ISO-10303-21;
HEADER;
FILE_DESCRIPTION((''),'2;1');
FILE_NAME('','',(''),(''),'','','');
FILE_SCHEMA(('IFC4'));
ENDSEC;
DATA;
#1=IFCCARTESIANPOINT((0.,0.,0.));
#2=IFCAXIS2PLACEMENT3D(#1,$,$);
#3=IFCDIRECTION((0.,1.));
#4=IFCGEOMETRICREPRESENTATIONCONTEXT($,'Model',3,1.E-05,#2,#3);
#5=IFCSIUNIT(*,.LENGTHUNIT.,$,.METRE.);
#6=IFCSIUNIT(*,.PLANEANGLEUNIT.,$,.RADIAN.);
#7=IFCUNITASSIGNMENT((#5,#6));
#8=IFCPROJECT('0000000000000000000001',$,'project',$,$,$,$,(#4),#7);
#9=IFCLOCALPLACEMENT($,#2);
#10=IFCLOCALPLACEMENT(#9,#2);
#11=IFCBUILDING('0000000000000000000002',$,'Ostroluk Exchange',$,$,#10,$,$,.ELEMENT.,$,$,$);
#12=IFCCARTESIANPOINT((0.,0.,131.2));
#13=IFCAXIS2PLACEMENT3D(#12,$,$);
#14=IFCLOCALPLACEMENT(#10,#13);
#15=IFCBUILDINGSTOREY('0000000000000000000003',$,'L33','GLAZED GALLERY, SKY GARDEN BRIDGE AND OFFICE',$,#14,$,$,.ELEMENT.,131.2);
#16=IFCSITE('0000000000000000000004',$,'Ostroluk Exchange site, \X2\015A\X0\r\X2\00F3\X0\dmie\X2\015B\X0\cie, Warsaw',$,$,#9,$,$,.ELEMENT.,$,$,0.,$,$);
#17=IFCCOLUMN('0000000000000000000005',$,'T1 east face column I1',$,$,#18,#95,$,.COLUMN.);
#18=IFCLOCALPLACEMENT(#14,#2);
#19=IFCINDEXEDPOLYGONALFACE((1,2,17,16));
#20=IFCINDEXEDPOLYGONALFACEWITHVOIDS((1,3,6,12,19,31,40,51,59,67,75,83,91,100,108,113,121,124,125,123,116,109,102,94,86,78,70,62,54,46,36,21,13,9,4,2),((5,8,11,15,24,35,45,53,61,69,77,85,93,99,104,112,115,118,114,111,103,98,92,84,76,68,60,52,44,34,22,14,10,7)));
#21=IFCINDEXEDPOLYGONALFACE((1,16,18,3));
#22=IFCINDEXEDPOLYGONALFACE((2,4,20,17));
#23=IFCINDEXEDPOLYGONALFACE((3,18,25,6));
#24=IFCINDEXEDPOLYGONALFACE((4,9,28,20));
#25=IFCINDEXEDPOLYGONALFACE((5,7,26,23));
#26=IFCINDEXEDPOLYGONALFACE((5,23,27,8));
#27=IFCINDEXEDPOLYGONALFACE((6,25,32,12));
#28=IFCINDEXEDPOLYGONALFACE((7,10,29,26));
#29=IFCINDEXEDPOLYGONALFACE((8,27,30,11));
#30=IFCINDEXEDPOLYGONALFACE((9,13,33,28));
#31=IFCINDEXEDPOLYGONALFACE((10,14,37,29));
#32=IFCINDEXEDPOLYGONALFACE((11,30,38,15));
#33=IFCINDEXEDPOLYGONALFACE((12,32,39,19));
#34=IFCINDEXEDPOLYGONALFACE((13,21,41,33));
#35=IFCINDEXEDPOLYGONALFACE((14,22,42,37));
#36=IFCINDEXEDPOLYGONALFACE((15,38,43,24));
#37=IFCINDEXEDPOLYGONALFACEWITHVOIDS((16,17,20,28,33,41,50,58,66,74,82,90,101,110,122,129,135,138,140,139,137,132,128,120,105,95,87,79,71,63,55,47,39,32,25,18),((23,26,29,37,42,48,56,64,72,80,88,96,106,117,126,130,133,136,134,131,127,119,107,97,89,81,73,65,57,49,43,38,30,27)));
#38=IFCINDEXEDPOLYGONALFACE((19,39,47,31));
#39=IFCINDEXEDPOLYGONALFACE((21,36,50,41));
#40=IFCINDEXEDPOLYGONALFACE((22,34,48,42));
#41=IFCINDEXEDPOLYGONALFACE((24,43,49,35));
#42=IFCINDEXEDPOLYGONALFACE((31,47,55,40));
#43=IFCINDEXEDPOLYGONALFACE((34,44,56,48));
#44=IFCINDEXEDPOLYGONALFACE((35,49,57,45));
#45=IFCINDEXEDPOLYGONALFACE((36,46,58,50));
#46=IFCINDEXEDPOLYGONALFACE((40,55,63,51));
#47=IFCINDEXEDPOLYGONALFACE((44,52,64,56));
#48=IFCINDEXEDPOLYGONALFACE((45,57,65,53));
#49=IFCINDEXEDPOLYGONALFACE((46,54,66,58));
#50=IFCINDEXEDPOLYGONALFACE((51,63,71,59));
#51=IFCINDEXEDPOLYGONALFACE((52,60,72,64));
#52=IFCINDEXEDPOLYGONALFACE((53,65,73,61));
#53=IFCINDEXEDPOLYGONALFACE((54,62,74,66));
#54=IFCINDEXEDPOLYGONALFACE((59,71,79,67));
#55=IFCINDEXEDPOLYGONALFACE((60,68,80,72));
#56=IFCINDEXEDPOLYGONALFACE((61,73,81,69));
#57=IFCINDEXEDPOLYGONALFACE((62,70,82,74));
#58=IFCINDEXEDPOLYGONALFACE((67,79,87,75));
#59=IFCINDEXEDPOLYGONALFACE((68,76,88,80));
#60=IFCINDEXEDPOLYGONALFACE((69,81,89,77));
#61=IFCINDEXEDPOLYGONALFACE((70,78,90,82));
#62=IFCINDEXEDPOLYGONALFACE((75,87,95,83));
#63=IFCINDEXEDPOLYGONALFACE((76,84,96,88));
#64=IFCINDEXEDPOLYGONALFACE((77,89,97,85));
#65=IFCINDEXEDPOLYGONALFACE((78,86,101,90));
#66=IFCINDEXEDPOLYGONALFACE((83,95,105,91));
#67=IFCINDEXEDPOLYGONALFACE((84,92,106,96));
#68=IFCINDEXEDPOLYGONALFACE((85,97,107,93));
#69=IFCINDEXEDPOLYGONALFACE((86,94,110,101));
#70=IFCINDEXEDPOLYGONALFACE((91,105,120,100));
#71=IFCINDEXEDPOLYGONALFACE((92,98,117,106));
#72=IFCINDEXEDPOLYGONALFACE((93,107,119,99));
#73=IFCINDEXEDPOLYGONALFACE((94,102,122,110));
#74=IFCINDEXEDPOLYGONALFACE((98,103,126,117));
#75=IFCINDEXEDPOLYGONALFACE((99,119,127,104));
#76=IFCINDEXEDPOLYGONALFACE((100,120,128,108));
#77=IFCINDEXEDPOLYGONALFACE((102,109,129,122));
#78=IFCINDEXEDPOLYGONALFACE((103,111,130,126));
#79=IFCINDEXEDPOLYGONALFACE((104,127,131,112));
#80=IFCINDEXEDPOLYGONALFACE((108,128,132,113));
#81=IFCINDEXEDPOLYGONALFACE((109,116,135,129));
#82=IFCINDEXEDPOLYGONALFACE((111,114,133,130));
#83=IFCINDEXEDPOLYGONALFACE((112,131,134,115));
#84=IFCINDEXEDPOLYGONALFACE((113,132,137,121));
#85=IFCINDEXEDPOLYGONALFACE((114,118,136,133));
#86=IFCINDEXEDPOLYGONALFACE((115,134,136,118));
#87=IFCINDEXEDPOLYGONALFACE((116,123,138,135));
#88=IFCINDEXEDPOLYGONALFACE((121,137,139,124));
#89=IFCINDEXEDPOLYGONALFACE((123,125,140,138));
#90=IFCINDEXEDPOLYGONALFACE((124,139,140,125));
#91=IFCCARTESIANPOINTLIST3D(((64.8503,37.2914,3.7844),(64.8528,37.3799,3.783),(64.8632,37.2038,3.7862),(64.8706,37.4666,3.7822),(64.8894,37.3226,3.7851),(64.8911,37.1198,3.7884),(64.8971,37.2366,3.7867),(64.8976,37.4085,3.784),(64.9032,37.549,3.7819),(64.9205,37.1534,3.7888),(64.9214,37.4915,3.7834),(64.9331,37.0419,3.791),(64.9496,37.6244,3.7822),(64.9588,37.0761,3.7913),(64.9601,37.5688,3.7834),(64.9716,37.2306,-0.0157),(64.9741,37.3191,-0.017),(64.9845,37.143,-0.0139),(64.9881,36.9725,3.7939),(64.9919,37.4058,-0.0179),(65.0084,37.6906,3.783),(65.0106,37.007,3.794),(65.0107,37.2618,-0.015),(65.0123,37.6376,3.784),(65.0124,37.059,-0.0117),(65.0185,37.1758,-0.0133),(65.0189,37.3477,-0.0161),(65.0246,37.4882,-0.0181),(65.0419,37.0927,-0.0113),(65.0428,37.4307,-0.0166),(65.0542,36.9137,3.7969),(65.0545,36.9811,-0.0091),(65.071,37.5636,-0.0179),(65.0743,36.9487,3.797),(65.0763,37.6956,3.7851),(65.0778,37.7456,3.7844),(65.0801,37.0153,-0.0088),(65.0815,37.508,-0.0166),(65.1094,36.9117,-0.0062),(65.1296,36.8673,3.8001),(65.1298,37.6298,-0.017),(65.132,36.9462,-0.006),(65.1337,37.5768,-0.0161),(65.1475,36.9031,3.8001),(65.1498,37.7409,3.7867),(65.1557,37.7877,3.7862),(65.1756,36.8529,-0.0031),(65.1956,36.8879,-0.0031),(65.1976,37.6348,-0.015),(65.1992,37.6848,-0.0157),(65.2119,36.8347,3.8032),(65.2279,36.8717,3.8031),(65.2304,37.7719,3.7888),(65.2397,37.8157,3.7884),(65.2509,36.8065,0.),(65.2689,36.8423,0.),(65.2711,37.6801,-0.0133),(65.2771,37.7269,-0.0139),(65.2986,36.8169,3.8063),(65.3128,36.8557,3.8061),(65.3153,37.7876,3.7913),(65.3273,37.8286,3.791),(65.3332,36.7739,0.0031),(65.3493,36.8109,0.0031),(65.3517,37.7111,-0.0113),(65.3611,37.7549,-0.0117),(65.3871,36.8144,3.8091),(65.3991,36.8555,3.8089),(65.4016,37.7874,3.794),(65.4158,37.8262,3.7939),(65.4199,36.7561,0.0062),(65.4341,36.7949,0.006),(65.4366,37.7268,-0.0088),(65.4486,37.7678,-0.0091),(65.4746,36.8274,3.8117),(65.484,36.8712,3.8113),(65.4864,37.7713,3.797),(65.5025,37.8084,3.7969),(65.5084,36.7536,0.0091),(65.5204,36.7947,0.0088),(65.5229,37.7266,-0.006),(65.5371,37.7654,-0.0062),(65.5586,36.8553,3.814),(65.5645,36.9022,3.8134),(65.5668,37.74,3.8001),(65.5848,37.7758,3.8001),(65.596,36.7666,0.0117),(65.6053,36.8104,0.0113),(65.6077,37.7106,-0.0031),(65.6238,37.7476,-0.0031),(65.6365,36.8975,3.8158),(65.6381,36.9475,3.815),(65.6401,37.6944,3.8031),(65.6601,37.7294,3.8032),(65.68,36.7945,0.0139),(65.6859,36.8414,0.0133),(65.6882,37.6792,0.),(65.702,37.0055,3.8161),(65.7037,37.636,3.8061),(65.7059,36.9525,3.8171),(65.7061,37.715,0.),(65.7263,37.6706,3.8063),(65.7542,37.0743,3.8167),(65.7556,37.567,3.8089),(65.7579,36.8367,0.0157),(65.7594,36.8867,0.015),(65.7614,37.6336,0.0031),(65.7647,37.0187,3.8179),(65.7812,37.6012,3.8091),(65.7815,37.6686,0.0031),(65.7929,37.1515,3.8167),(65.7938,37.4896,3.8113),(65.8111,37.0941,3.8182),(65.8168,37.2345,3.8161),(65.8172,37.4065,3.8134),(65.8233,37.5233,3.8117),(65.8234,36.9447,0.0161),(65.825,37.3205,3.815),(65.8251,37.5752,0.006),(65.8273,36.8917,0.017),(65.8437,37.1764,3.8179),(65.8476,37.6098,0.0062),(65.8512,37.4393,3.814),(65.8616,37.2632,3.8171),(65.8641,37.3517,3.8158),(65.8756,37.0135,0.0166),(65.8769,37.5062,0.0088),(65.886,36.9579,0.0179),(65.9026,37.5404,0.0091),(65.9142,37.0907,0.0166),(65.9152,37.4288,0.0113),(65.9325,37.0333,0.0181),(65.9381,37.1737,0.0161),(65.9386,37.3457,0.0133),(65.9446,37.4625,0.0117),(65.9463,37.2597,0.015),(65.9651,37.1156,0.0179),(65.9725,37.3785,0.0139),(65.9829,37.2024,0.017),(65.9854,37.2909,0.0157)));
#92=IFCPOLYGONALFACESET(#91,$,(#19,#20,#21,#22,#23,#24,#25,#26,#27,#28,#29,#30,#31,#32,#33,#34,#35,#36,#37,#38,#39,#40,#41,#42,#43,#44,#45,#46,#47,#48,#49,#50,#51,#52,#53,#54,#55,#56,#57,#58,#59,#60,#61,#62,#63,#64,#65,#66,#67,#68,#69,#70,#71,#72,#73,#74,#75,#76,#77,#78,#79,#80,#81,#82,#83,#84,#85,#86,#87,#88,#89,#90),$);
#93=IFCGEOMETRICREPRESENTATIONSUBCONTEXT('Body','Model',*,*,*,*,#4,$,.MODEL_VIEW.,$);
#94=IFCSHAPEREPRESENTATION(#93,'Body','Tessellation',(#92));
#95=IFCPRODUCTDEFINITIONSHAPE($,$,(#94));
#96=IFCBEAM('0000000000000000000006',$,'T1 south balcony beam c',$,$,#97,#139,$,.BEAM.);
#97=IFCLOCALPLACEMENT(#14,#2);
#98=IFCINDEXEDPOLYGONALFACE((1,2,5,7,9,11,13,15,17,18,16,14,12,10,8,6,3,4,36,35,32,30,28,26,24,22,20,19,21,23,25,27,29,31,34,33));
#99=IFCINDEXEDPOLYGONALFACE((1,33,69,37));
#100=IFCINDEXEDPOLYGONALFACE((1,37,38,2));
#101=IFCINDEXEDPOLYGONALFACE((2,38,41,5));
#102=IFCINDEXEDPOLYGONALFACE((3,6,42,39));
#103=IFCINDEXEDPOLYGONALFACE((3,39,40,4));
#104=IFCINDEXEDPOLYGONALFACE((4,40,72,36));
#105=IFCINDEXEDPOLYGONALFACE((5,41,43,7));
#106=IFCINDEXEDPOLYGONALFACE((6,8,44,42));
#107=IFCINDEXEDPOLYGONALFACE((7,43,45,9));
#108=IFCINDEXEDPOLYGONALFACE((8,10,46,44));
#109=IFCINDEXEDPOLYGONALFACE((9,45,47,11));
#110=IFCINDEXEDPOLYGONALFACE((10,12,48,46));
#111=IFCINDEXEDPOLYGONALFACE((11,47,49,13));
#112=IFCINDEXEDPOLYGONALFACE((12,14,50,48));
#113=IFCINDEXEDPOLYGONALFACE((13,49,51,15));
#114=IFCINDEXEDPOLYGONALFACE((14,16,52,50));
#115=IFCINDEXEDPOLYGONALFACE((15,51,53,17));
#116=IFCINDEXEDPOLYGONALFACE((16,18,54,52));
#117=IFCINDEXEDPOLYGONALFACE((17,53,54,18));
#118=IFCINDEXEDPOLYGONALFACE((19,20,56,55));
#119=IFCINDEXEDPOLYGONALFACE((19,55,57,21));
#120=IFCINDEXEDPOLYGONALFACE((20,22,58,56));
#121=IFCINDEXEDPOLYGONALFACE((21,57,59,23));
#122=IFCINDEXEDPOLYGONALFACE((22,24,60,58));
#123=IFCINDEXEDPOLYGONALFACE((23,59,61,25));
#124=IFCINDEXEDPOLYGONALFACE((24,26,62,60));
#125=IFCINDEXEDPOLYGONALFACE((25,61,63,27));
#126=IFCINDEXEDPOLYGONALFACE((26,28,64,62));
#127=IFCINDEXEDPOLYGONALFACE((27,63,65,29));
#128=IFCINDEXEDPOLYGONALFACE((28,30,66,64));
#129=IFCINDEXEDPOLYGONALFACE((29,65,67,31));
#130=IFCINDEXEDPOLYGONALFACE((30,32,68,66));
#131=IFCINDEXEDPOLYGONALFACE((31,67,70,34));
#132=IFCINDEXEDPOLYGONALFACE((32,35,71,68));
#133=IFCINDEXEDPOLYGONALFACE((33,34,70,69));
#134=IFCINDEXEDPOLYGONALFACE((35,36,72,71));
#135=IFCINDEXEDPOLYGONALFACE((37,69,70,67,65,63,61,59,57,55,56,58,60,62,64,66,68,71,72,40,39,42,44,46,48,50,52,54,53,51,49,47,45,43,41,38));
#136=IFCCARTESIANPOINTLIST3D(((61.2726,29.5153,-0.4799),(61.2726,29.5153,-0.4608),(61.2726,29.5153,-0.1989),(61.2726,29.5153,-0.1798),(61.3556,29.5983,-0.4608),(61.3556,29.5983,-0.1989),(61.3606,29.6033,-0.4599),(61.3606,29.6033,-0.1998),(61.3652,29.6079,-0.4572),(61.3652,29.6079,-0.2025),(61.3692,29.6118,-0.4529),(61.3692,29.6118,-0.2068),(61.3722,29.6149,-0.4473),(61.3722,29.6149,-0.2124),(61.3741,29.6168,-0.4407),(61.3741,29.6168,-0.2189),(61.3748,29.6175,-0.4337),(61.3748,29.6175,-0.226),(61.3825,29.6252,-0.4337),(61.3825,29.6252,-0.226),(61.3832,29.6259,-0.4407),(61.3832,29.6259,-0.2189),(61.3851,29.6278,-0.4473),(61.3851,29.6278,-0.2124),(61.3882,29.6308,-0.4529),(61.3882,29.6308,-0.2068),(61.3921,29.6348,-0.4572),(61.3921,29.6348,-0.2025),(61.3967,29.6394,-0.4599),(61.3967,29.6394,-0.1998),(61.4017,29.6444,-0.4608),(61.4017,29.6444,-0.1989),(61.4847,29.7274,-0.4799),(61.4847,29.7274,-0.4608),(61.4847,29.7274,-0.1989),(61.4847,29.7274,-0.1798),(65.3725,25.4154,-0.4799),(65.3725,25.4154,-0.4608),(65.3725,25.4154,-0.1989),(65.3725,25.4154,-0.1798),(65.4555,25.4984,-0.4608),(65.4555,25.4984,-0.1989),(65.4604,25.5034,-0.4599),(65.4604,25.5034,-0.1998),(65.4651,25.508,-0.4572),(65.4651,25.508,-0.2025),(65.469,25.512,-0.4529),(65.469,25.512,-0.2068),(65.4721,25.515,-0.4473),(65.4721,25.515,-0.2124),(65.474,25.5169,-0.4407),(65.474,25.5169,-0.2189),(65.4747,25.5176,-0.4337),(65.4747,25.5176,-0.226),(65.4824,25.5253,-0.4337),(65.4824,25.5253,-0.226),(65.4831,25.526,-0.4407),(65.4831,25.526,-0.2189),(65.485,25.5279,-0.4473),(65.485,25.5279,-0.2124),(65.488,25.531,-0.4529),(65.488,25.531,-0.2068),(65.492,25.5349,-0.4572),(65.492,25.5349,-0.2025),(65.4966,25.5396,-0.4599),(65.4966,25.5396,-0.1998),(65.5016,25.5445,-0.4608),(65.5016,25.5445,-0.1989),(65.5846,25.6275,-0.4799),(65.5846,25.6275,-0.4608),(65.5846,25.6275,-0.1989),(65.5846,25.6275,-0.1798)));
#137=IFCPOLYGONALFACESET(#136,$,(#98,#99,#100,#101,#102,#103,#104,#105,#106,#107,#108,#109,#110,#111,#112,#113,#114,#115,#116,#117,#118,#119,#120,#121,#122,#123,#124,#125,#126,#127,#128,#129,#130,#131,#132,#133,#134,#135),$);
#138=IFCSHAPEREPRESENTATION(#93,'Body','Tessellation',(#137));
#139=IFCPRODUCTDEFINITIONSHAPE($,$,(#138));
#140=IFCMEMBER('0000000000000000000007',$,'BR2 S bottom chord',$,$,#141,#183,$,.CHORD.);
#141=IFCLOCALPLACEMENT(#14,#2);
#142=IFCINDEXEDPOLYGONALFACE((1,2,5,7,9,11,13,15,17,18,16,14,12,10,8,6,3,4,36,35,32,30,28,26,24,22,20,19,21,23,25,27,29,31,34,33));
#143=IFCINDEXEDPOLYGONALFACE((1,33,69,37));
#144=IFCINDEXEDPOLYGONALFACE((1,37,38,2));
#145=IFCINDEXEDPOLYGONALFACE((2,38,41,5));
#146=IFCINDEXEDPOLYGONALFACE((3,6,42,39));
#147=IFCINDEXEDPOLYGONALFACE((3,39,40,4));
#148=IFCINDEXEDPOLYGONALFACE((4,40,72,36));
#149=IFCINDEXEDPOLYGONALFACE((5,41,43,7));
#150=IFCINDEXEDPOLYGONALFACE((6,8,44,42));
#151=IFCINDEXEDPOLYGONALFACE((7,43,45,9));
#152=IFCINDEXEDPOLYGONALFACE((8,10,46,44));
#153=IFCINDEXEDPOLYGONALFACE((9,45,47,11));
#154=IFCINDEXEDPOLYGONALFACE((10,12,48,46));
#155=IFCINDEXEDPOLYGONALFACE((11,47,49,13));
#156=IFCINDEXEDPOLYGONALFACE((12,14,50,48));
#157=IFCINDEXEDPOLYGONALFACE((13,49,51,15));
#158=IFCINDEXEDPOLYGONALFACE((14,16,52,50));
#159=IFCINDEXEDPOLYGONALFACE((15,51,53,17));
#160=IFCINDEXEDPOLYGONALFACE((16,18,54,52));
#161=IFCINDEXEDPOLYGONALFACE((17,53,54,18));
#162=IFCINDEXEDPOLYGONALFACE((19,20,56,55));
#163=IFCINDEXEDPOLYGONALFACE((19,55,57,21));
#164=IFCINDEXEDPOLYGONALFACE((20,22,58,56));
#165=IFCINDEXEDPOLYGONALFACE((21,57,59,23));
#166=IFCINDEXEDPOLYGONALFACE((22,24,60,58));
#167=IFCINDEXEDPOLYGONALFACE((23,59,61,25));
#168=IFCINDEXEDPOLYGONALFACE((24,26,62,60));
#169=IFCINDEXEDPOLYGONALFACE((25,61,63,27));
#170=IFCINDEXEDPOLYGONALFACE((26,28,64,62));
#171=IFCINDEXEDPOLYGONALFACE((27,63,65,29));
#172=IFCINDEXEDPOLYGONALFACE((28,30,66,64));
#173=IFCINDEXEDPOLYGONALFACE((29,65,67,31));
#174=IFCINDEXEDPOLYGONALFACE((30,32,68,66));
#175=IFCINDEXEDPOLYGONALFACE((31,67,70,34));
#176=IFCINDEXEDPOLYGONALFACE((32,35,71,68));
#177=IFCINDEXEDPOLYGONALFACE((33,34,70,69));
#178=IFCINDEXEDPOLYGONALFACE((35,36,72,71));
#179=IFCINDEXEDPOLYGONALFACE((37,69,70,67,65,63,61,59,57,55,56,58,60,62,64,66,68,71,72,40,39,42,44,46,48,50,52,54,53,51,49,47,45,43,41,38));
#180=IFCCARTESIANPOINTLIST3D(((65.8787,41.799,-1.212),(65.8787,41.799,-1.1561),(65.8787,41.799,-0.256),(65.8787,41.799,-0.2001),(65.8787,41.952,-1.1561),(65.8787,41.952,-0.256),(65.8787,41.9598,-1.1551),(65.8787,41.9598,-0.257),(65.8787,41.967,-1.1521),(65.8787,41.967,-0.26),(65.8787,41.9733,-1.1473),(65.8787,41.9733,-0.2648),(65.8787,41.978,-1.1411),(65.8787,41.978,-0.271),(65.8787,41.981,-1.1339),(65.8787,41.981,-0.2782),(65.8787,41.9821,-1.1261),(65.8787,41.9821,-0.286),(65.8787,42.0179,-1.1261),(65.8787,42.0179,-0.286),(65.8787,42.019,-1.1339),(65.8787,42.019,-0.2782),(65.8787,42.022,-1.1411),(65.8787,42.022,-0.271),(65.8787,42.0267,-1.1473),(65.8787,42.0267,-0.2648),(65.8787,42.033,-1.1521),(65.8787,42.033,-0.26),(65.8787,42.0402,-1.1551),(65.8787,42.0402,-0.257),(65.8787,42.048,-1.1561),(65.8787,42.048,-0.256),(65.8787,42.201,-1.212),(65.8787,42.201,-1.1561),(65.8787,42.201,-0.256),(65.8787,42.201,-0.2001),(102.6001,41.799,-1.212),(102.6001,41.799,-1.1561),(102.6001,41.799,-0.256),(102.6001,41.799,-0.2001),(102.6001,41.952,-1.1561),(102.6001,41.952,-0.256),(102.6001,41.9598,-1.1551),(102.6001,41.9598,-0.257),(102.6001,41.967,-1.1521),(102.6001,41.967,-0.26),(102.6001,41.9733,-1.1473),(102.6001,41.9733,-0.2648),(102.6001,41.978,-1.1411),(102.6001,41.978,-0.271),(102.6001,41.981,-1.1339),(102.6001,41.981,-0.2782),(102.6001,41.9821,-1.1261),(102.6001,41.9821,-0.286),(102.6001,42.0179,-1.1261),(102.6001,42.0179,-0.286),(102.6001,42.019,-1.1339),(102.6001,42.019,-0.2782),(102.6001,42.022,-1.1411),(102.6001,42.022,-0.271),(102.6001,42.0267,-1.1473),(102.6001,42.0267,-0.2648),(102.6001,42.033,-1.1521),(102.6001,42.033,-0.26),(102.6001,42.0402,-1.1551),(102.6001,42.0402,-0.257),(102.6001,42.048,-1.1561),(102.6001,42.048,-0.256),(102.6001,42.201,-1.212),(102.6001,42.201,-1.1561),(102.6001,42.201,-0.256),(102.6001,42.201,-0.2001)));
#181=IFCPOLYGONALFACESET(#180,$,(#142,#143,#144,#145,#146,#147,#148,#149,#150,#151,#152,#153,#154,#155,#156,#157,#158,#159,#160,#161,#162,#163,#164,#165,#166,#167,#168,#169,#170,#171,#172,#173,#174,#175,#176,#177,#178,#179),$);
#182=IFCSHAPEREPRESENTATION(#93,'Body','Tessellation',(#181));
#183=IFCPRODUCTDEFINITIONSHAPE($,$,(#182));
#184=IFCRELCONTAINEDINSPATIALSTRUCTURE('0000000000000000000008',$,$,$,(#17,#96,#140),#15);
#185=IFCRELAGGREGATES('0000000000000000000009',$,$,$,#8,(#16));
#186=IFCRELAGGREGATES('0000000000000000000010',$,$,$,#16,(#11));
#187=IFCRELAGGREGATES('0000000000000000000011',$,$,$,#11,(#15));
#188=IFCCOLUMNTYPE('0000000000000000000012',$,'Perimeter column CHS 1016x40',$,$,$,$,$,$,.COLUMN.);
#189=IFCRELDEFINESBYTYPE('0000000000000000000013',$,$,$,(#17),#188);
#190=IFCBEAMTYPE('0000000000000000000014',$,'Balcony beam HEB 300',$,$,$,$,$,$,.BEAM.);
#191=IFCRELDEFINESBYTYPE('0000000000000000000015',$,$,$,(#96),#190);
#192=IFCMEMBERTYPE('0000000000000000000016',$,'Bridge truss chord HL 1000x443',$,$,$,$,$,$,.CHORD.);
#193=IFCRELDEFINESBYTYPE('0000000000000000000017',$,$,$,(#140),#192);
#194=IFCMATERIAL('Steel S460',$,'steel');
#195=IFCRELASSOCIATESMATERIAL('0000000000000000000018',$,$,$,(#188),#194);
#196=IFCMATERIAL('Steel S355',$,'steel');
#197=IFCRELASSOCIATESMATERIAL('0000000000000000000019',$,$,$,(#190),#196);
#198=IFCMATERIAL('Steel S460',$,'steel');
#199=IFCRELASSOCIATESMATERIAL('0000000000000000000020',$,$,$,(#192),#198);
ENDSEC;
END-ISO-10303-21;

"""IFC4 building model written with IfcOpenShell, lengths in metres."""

from ifc_helpers import new_model, si_unit, direction, frame, origin, origin_2d, place, context, subcontext, project, spatial, hollow_circle, i_section, extrude, material, material_profile, profile_set, type_object, element, save


model = new_model("IFC4")

# Units and contexts
model_context = context("Model", 3, precision=1e-05, world=origin(), true_north=direction((0.0, 1.0)))
body_context = subcontext(model_context, "Body", "Model", "MODEL_VIEW")
ifc_project = project(units=[si_unit("LENGTHUNIT", "METRE"), si_unit("PLANEANGLEUNIT", "RADIAN")], contexts=[model_context])

# Site, building, storey
site_placement = place(None, origin())
site = spatial("IfcSite", under=ifc_project, at=site_placement, Name="Ostroluk Exchange site, Śródmieście, Warsaw", CompositionType="ELEMENT", RefElevation=0.0)
building_placement = place(site_placement, origin())
building = spatial("IfcBuilding", under=site, at=building_placement, Name="Ostroluk Exchange", CompositionType="ELEMENT")
storey_placement = place(building_placement, frame((0.0, 0.0, 131.2)))
storey = spatial("IfcBuildingStorey", under=building, at=storey_placement, Name="L33", Description="GLAZED GALLERY, SKY GARDEN BRIDGE AND OFFICE", CompositionType="ELEMENT", Elevation=131.2)

# Column
ifc_material_1 = material(Name="Steel S460", Category="steel")
ifc_material_profile_1 = material_profile(ifc_material_1, hollow_circle(Radius=0.5081, WallThickness=0.04, at=origin_2d()), Name="CHS 1016x40")
ifc_profile_set_1 = profile_set([ifc_material_profile_1], Name="Steel S460")
column_type = type_object("IfcColumnType", Name="Perimeter column CHS 1016x40", PredefinedType="COLUMN", material=ifc_profile_set_1)
column_placement = place(storey_placement, frame((65.4785, 37.2607, 0.0), z_axis=(-0.03191, 0.015987, 0.999363), x_axis=(-0.447933, -0.894067, 0.0)))
element("IfcColumn", 1, at=column_placement, inside=storey, type_object=column_type, Name="T1 east face column I1", PredefinedType="COLUMN", context=body_context, shape_type="SweptSolid", body=[
    extrude(hollow_circle(Radius=0.5081, WallThickness=0.04, at=origin_2d()), origin(), (0.0, 0.0, 1.0), 3.8025),
])

# Beam
ifc_material_2 = material(Name="Steel S355", Category="steel")
ifc_material_profile_2 = material_profile(ifc_material_2, i_section(OverallWidth=0.3, OverallDepth=0.3, WebThickness=0.011, FlangeThickness=0.019, FilletRadius=0.0271, at=origin_2d()), Name="HEB 300")
ifc_profile_set_2 = profile_set([ifc_material_profile_2], Name="Steel S355")
beam_type_1 = type_object("IfcBeamType", Name="Balcony beam HEB 300", PredefinedType="BEAM", material=ifc_profile_set_2)
beam_1_placement = place(storey_placement, frame((61.3787, 29.6213, -0.3298), z_axis=(0.707107, -0.707107, 0.0), x_axis=(0.707107, 0.707107, 0.0)))
element("IfcBeam", 2, at=beam_1_placement, inside=storey, type_object=beam_type_1, Name="T1 south balcony beam c", PredefinedType="BEAM", context=body_context, shape_type="SweptSolid", body=[
    extrude(i_section(OverallWidth=0.3, OverallDepth=0.3, WebThickness=0.011, FlangeThickness=0.019, FilletRadius=0.0271, at=origin_2d()), origin(), (0.0, 0.0, 1.0), 5.7981),
])

# Member
ifc_material_3 = material(Name="Steel S460", Category="steel")
ifc_material_profile_3 = material_profile(ifc_material_3, i_section(OverallWidth=0.4021, OverallDepth=1.012, WebThickness=0.0359, FlangeThickness=0.0559, FilletRadius=0.03, at=origin_2d()), Name="HL 1000x443")
ifc_profile_set_3 = profile_set([ifc_material_profile_3], Name="Steel S460")
member_type_1 = type_object("IfcMemberType", Name="Bridge truss chord HL 1000x443", PredefinedType="CHORD", material=ifc_profile_set_3)
member_1_placement = place(storey_placement, frame((65.8787, 42.0, -0.7061), z_axis=(1.0, 0.0, 0.0), x_axis=(0.0, 1.0, 0.0)))
element("IfcMember", 3, at=member_1_placement, inside=storey, type_object=member_type_1, Name="BR2 S bottom chord", PredefinedType="CHORD", context=body_context, shape_type="SweptSolid", body=[
    extrude(i_section(OverallWidth=0.4021, OverallDepth=1.012, WebThickness=0.0359, FlangeThickness=0.0559, FilletRadius=0.03, at=origin_2d()), origin(), (0.0, 0.0, 1.0), 36.7214),
])

save(model, "model.ifc")
